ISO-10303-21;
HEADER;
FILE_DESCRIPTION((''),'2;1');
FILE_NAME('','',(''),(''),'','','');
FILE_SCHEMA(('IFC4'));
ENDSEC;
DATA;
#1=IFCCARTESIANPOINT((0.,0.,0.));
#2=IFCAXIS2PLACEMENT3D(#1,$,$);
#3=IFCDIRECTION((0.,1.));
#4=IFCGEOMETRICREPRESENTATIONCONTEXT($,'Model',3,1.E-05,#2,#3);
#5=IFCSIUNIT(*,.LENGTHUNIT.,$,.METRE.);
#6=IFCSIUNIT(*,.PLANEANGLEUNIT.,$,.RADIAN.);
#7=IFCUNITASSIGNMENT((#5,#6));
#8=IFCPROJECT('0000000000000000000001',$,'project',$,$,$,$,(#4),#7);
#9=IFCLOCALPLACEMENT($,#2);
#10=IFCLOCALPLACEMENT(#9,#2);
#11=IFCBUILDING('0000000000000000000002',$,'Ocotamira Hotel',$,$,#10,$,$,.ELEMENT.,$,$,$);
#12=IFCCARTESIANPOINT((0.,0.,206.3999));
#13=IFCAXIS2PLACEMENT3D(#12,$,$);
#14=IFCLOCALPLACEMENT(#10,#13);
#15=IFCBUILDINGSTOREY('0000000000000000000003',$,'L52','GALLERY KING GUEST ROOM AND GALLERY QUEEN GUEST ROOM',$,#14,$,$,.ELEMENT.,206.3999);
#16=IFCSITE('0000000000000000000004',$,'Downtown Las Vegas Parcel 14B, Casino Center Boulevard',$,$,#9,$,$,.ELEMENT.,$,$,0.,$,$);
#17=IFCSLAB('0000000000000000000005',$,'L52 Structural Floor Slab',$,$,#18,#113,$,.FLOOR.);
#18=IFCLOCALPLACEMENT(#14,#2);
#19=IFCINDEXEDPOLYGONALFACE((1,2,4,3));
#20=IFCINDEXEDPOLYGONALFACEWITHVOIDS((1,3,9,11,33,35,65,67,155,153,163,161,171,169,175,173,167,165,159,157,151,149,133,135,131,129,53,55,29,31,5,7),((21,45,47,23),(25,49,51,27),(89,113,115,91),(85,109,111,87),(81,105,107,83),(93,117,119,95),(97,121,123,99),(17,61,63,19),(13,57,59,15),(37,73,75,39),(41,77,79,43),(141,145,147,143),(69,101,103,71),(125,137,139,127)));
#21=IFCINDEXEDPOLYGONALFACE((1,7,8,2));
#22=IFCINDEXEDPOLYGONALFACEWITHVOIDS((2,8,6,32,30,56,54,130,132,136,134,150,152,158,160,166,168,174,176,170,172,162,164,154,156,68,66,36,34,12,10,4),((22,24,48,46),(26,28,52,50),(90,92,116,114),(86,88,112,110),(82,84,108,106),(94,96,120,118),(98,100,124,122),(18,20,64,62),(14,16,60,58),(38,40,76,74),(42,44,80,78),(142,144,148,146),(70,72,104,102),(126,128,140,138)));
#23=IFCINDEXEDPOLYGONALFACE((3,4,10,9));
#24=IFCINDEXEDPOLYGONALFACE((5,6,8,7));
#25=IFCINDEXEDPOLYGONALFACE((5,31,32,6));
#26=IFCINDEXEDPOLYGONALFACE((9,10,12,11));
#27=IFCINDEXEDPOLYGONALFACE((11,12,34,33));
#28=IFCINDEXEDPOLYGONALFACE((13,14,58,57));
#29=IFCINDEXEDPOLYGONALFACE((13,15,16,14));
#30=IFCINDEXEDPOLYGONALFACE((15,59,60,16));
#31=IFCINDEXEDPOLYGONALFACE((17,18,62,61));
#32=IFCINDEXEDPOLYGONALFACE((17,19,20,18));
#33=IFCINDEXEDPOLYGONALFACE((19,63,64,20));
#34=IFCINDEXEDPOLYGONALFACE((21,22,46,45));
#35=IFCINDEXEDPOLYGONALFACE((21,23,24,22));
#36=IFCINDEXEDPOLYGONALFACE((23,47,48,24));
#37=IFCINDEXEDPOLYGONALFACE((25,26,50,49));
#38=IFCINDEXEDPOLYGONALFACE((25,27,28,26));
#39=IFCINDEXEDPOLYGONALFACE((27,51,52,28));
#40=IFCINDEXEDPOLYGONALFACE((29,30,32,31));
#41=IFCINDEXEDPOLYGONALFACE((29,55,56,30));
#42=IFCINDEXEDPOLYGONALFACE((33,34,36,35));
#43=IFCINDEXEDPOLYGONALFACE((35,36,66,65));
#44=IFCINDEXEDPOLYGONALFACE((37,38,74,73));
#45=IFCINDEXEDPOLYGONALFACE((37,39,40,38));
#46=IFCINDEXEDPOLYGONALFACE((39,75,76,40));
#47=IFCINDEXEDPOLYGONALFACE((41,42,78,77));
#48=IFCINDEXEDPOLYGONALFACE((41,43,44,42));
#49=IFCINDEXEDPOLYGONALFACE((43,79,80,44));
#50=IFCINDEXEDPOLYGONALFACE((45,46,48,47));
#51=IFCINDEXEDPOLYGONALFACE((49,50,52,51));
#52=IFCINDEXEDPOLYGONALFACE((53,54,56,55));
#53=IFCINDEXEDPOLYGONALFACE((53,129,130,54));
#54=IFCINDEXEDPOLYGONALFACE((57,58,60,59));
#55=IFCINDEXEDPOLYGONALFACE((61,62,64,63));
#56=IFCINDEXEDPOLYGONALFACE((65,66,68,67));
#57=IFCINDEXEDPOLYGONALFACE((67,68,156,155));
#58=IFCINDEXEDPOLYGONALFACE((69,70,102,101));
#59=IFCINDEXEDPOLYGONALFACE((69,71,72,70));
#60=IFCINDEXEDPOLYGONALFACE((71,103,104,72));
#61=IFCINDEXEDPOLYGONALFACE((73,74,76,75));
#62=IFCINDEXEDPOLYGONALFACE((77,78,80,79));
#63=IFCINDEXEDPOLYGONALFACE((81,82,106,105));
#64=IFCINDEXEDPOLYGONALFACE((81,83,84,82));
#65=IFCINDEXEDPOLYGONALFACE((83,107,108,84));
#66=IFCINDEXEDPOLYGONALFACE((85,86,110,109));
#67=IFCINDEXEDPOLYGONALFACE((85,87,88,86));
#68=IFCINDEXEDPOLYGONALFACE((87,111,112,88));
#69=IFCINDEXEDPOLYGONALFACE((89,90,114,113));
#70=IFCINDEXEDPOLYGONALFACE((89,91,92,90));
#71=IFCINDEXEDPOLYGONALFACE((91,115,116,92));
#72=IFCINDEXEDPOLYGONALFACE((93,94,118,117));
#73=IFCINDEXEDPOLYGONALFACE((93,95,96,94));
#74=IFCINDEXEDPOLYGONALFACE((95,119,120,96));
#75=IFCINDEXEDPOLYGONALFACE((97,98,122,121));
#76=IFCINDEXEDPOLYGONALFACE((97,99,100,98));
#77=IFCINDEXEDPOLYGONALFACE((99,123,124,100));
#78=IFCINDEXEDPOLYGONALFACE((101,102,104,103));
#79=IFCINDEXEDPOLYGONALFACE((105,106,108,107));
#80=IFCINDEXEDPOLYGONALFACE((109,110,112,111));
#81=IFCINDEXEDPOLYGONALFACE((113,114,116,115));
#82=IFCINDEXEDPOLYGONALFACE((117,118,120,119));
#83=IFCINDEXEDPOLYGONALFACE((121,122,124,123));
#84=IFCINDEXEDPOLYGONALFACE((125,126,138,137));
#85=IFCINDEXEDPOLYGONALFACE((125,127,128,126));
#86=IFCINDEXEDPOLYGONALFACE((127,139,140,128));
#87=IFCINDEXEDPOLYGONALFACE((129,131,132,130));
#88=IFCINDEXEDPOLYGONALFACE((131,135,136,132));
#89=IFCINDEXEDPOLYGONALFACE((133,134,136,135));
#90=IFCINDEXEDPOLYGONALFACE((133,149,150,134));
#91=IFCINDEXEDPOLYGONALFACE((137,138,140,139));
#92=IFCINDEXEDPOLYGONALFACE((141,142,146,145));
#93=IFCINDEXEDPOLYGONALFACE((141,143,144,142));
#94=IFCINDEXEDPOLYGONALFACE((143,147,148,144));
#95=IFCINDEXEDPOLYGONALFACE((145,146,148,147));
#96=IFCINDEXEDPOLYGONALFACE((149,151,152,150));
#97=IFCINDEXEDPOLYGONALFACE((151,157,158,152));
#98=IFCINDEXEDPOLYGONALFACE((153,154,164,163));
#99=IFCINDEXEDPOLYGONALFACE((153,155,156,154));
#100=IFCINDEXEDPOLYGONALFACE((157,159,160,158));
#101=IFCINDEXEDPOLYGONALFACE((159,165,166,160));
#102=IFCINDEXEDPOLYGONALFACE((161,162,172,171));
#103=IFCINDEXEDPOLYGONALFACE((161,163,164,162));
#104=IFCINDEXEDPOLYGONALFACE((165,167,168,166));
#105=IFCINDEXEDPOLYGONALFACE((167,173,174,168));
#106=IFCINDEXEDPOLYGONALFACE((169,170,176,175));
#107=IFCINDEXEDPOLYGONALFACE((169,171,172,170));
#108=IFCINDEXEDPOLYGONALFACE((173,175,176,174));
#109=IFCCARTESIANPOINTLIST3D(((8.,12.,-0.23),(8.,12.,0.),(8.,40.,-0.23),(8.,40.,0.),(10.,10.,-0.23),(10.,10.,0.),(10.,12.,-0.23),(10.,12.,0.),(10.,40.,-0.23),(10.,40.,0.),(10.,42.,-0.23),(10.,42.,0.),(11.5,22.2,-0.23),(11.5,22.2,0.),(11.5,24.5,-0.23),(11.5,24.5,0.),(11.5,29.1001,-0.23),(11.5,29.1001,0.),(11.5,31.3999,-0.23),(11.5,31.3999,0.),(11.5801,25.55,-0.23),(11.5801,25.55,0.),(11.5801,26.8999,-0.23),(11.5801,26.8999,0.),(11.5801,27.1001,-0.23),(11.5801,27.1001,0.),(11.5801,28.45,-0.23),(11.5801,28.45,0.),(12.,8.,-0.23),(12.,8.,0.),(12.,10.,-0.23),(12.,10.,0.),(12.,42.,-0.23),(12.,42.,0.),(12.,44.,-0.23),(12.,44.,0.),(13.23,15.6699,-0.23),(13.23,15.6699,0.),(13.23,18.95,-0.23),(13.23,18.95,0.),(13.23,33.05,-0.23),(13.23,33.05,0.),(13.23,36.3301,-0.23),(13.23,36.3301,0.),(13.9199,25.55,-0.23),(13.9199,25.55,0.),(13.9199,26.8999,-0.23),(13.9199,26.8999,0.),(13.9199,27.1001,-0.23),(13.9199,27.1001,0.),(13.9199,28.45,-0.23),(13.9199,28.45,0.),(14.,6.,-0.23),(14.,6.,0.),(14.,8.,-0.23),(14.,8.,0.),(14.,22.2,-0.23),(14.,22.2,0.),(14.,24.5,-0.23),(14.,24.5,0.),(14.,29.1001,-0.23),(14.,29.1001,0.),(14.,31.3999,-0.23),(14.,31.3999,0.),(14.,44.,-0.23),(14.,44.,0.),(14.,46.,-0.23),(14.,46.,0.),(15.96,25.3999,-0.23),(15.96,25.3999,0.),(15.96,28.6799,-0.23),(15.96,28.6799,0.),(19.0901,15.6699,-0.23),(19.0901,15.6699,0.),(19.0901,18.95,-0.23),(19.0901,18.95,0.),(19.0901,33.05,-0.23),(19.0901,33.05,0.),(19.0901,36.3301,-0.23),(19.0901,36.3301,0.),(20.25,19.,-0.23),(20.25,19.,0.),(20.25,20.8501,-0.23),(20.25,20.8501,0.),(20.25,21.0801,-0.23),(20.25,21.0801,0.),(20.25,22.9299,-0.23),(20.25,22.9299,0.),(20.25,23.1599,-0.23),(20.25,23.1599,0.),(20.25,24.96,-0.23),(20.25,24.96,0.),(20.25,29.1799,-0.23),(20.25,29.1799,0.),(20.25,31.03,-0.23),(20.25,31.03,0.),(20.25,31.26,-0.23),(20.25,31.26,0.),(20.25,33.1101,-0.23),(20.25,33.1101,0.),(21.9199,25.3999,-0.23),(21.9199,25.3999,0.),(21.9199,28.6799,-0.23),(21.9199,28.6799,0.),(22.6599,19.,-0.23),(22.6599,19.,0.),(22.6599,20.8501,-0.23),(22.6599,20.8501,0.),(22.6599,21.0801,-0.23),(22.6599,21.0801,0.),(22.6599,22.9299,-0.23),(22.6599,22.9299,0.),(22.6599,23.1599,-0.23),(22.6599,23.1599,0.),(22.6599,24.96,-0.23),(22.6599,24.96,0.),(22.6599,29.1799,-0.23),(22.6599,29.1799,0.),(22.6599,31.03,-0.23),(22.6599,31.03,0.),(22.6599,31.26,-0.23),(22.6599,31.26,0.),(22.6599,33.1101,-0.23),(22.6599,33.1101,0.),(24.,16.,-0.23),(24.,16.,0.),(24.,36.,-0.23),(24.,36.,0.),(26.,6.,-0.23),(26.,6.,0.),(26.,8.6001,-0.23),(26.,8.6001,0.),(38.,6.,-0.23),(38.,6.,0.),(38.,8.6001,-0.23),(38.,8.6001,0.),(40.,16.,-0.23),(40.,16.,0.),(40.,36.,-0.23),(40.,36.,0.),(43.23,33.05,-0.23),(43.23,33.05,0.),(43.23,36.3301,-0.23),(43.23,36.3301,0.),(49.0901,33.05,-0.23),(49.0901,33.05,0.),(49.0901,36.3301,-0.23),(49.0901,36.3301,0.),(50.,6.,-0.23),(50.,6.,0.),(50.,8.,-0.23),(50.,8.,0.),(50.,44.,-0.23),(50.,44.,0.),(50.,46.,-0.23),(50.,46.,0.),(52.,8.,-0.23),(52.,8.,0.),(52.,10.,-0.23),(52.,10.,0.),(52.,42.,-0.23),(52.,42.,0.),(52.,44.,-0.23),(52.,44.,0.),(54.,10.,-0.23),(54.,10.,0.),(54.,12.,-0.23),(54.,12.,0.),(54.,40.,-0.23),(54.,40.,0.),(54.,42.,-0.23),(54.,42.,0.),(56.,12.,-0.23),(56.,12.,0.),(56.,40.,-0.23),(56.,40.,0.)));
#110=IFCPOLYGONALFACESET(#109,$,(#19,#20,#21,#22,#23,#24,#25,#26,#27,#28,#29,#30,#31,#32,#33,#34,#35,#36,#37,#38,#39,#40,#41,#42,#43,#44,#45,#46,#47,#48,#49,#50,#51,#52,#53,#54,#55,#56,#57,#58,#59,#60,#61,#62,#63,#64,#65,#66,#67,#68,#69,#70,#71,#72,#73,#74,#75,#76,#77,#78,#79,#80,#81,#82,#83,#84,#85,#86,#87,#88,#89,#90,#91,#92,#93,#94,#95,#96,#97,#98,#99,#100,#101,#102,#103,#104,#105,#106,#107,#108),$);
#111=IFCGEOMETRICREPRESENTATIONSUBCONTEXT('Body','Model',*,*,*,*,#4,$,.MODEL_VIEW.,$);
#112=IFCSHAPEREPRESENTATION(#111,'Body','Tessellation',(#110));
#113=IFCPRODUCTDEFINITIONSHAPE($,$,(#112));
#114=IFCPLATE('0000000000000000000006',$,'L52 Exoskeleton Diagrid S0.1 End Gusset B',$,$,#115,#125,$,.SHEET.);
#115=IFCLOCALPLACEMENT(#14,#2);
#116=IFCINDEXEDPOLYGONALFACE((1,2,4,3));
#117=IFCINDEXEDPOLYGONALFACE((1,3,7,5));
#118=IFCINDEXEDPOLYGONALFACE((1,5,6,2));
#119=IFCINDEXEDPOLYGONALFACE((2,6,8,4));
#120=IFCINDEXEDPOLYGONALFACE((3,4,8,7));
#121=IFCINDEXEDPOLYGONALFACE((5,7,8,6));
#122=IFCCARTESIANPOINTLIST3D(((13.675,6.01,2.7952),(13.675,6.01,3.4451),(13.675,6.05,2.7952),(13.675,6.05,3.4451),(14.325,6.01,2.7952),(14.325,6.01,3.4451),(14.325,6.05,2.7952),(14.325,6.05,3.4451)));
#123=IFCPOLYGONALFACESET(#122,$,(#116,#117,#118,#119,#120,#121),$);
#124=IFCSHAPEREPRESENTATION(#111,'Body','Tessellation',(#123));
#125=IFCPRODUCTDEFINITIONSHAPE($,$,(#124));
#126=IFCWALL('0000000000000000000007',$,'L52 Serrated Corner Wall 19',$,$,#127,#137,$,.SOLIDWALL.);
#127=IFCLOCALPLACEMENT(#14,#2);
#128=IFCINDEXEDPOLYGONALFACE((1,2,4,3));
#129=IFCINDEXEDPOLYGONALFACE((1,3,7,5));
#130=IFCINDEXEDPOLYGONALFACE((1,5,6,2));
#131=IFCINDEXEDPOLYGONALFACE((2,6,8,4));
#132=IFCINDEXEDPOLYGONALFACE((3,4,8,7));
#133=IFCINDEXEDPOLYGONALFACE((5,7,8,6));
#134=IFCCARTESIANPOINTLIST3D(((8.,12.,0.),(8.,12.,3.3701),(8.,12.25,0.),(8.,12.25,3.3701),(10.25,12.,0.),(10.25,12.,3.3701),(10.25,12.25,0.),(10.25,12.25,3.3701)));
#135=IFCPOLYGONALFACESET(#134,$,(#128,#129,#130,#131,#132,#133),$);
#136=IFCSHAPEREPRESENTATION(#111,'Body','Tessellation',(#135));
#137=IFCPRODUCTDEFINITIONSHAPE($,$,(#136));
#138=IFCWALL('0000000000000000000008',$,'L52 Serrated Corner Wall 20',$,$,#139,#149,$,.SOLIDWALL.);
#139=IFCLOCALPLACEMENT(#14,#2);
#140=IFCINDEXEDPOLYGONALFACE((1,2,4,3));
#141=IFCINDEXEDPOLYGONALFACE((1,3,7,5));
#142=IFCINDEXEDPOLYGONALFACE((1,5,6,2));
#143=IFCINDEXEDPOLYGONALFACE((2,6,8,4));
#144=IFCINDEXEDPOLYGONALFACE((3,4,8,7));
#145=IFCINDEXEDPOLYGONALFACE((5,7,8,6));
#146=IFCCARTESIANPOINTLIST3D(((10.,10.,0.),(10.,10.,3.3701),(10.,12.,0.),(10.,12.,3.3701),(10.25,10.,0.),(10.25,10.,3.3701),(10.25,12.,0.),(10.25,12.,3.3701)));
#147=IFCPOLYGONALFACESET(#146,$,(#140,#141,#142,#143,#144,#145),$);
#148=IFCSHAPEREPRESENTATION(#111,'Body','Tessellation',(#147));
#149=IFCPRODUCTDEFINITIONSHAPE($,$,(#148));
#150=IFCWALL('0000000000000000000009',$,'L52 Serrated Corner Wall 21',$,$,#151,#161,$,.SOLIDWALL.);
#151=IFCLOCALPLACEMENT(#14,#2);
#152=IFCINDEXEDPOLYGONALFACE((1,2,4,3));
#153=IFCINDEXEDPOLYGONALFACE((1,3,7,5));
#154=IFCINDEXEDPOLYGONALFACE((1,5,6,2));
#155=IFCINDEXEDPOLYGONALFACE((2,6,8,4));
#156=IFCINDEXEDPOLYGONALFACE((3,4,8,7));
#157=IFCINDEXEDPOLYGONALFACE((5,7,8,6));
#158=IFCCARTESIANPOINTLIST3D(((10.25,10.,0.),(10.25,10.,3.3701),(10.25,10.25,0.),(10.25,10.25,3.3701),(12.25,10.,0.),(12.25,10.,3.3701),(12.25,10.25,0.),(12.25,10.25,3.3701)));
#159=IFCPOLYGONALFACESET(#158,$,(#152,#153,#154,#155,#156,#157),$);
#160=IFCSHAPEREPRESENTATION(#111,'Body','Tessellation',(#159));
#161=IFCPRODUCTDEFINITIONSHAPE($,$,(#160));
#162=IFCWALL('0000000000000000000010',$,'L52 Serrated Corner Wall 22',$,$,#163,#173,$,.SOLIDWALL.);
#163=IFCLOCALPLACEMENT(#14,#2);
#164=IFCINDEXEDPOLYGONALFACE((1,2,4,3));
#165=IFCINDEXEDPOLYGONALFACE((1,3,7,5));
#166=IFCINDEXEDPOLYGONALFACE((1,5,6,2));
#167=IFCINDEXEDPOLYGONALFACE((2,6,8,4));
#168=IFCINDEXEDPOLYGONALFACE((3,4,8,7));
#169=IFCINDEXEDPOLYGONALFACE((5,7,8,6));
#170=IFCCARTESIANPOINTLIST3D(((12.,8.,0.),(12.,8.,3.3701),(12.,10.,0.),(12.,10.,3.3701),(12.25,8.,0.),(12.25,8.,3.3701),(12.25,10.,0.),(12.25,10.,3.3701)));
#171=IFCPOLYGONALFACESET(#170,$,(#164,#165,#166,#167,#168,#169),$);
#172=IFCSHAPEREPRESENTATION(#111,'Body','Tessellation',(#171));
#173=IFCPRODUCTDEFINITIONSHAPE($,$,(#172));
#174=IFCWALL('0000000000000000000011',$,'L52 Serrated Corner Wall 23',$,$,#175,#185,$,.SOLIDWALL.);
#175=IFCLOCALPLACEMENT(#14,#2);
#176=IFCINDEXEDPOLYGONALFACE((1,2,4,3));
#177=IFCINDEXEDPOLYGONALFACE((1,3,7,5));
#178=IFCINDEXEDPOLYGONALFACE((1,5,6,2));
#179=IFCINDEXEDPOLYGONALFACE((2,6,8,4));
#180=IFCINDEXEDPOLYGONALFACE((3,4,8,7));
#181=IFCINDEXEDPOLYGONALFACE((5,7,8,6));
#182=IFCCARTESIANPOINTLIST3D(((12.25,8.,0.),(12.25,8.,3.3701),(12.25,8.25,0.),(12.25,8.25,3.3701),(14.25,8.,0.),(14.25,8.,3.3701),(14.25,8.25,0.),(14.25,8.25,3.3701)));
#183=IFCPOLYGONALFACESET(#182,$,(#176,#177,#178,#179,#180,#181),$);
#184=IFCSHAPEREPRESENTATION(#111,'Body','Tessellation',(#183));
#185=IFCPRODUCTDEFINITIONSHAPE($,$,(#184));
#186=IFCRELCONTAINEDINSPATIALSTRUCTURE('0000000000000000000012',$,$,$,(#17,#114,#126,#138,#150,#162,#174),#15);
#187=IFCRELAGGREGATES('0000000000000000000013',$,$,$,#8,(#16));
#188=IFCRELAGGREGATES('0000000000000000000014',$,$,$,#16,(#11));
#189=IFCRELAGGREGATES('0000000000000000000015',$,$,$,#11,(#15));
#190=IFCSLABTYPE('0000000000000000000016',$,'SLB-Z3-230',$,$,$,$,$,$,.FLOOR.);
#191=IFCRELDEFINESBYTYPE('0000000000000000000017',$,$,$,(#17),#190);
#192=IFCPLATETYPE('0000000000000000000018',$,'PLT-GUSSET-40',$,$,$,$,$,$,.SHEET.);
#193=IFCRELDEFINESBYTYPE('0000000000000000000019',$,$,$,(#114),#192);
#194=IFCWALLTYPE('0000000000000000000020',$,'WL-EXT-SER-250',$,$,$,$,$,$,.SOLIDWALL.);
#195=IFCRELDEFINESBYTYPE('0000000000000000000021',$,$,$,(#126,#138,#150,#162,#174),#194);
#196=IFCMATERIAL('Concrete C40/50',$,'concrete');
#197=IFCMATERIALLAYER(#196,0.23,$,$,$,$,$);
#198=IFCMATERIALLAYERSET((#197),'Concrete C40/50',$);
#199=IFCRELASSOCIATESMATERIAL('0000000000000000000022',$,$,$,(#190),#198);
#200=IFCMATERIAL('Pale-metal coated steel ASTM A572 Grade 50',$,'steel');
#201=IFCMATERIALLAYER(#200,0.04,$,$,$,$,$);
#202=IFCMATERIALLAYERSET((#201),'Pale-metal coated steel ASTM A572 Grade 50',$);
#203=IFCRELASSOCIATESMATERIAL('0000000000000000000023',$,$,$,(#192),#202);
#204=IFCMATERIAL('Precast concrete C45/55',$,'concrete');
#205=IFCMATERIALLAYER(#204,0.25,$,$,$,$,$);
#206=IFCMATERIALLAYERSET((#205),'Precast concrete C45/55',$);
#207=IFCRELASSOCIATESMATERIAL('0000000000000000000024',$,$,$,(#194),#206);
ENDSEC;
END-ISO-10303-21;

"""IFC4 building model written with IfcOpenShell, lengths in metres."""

from ifc_helpers import new_model, si_unit, direction, frame, frame_2d, origin, origin_2d, place, context, subcontext, project, spatial, polyline, rectangle, outline, extrude, source, transform, mapped, material, layer, layer_set, type_object, element, save


model = new_model("IFC4")

# Units and contexts
model_context = context("Model", 3, precision=1e-05, world=origin(), true_north=direction((0.0, 1.0)))
body_context = subcontext(model_context, "Body", "Model", "MODEL_VIEW")
ifc_project = project(units=[si_unit("LENGTHUNIT", "METRE"), si_unit("PLANEANGLEUNIT", "RADIAN")], contexts=[model_context])

# Site, building, storey
site_placement = place(None, origin())
site = spatial("IfcSite", under=ifc_project, at=site_placement, Name="Downtown Las Vegas Parcel 14B, Casino Center Boulevard", CompositionType="ELEMENT", RefElevation=0.0)
building_placement = place(site_placement, origin())
building = spatial("IfcBuilding", under=site, at=building_placement, Name="Ocotamira Hotel", CompositionType="ELEMENT")
storey_placement = place(building_placement, frame((0.0, 0.0, 206.3999)))
storey = spatial("IfcBuildingStorey", under=building, at=storey_placement, Name="L52", Description="GALLERY KING GUEST ROOM AND GALLERY QUEEN GUEST ROOM", CompositionType="ELEMENT", Elevation=206.3999)

# Shared definitions
ifc_material_1 = material(Name="Concrete C40/50", Category="concrete")

# Slab
ifc_layer_1 = layer(ifc_material_1, 0.23)
ifc_layer_set_1 = layer_set([ifc_layer_1], Name="Concrete C40/50")
slab_type_1 = type_object("IfcSlabType", Name="SLB-Z3-230", PredefinedType="FLOOR", material=ifc_layer_set_1)
slab_1_placement = place(storey_placement, frame((0.0, 0.0, -0.23)))
element("IfcSlab", 1, at=slab_1_placement, inside=storey, type_object=slab_type_1, Name="L52 Structural Floor Slab", PredefinedType="FLOOR", context=body_context, shape_type="SweptSolid", body=[
    extrude(outline(polyline([(14.0, 6.0), (14.0, 8.0), (12.0, 8.0), (12.0, 10.0), (10.0, 10.0), (10.0, 12.0), (8.0, 12.0), (8.0, 40.0), (10.0, 40.0), (10.0, 42.0), (12.0, 42.0), (12.0, 44.0), (14.0, 44.0), (14.0, 46.0), (50.0, 46.0), (50.0, 44.0), (52.0, 44.0), (52.0, 42.0), (54.0, 42.0), (54.0, 40.0), (56.0, 40.0), (56.0, 12.0), (54.0, 12.0), (54.0, 10.0), (52.0, 10.0), (52.0, 8.0), (50.0, 8.0), (50.0, 6.0), (38.0, 6.0), (38.0, 8.6001), (26.0, 8.6001), (26.0, 6.0), (14.0, 6.0)]), holes=[polyline([(24.0, 16.0), (40.0, 16.0), (40.0, 36.0), (24.0, 36.0), (24.0, 16.0)]), polyline([(13.23, 15.6699), (19.0901, 15.6699), (19.0901, 18.95), (13.23, 18.95), (13.23, 15.6699)]), polyline([(13.23, 33.05), (19.0901, 33.05), (19.0901, 36.3301), (13.23, 36.3301), (13.23, 33.05)]), polyline([(15.96, 25.3999), (21.9199, 25.3999), (21.9199, 28.6799), (15.96, 28.6799), (15.96, 25.3999)]), polyline([(43.23, 33.05), (49.0901, 33.05), (49.0901, 36.3301), (43.23, 36.3301), (43.23, 33.05)]), polyline([(20.25, 19.0), (22.6599, 19.0), (22.6599, 20.8501), (20.25, 20.8501), (20.25, 19.0)]), polyline([(20.25, 21.0801), (22.6599, 21.0801), (22.6599, 22.9299), (20.25, 22.9299), (20.25, 21.0801)]), polyline([(20.25, 23.1599), (22.6599, 23.1599), (22.6599, 24.96), (20.25, 24.96), (20.25, 23.1599)]), polyline([(20.25, 29.1799), (22.6599, 29.1799), (22.6599, 31.03), (20.25, 31.03), (20.25, 29.1799)]), polyline([(20.25, 31.26), (22.6599, 31.26), (22.6599, 33.1101), (20.25, 33.1101), (20.25, 31.26)]), polyline([(11.5, 22.2), (14.0, 22.2), (14.0, 24.5), (11.5, 24.5), (11.5, 22.2)]), polyline([(11.5, 29.1001), (14.0, 29.1001), (14.0, 31.3999), (11.5, 31.3999), (11.5, 29.1001)]), polyline([(11.5801, 25.55), (13.9199, 25.55), (13.9199, 26.8999), (11.5801, 26.8999), (11.5801, 25.55)]), polyline([(11.5801, 27.1001), (13.9199, 27.1001), (13.9199, 28.45), (11.5801, 28.45), (11.5801, 27.1001)])]), origin(), (0.0, 0.0, 1.0), 0.23),
])

# Plate
ifc_material_2 = material(Name="Pale-metal coated steel ASTM A572 Grade 50", Category="steel")
ifc_layer_2 = layer(ifc_material_2, 0.04)
ifc_layer_set_2 = layer_set([ifc_layer_2], Name="Pale-metal coated steel ASTM A572 Grade 50")
plate_type = type_object("IfcPlateType", Name="PLT-GUSSET-40", PredefinedType="SHEET", material=ifc_layer_set_2)
shared_shape_1 = source(origin(), body_context, "Body", "SweptSolid", [
    extrude(rectangle(XDim=0.6499, YDim=0.04, at=origin_2d()), origin(), (0.0, 0.0, 1.0), 0.6499),
])
plate_placement = place(storey_placement, frame((14.0, 6.03, 2.7952), z_axis=(0.0, 0.0, 1.0), x_axis=(-1.0, 0.0, 0.0)))
element("IfcPlate", 2, at=plate_placement, inside=storey, type_object=plate_type, Name="L52 Exoskeleton Diagrid S0.1 End Gusset B", PredefinedType="SHEET", context=body_context, shape_type="MappedRepresentation", body=[
    mapped(shared_shape_1, transform((0.0, 0.0, 0.0), scale=1.0)),
])

# Walls
ifc_material_3 = material(Name="Precast concrete C45/55", Category="concrete")
ifc_layer_3 = layer(ifc_material_3, 0.25)
ifc_layer_set_3 = layer_set([ifc_layer_3], Name="Precast concrete C45/55")
wall_type_1 = type_object("IfcWallType", Name="WL-EXT-SER-250", PredefinedType="SOLIDWALL", material=ifc_layer_set_3)
wall_1_placement = place(storey_placement, frame((8.0, 12.125, 0.0), z_axis=(0.0, 0.0, 1.0), x_axis=(1.0, 0.0, 0.0)))
element("IfcWall", 3, at=wall_1_placement, inside=storey, type_object=wall_type_1, Name="L52 Serrated Corner Wall 19", PredefinedType="SOLIDWALL", context=body_context, shape_type="SweptSolid", body=[
    extrude(rectangle(XDim=2.25, YDim=0.25, at=frame_2d((1.125, 0.0))), origin(), (0.0, 0.0, 1.0), 3.3701),
])
for number, where, z_axis, x_axis, name in (
    (4, (10.125, 12.0, 0.0), (0.0, 0.0, 1.0), (0.0, -1.0, 0.0), "L52 Serrated Corner Wall 20"),
    (5, (10.25, 10.125, 0.0), (0.0, 0.0, 1.0), (1.0, 0.0, 0.0), "L52 Serrated Corner Wall 21"),
    (6, (12.125, 10.0, 0.0), (0.0, 0.0, 1.0), (0.0, -1.0, 0.0), "L52 Serrated Corner Wall 22"),
    (7, (12.25, 8.125, 0.0), (0.0, 0.0, 1.0), (1.0, 0.0, 0.0), "L52 Serrated Corner Wall 23"),
):
    element("IfcWall", number, at=place(storey_placement, frame(where, z_axis=z_axis, x_axis=x_axis)), inside=storey, type_object=wall_type_1, Name=name, PredefinedType="SOLIDWALL", context=body_context, shape_type="SweptSolid", body=[
        extrude(rectangle(XDim=2.0, YDim=0.25, at=frame_2d((1.0, 0.0))), origin(), (0.0, 0.0, 1.0), 3.3701),
    ])

save(model, "model.ifc")
